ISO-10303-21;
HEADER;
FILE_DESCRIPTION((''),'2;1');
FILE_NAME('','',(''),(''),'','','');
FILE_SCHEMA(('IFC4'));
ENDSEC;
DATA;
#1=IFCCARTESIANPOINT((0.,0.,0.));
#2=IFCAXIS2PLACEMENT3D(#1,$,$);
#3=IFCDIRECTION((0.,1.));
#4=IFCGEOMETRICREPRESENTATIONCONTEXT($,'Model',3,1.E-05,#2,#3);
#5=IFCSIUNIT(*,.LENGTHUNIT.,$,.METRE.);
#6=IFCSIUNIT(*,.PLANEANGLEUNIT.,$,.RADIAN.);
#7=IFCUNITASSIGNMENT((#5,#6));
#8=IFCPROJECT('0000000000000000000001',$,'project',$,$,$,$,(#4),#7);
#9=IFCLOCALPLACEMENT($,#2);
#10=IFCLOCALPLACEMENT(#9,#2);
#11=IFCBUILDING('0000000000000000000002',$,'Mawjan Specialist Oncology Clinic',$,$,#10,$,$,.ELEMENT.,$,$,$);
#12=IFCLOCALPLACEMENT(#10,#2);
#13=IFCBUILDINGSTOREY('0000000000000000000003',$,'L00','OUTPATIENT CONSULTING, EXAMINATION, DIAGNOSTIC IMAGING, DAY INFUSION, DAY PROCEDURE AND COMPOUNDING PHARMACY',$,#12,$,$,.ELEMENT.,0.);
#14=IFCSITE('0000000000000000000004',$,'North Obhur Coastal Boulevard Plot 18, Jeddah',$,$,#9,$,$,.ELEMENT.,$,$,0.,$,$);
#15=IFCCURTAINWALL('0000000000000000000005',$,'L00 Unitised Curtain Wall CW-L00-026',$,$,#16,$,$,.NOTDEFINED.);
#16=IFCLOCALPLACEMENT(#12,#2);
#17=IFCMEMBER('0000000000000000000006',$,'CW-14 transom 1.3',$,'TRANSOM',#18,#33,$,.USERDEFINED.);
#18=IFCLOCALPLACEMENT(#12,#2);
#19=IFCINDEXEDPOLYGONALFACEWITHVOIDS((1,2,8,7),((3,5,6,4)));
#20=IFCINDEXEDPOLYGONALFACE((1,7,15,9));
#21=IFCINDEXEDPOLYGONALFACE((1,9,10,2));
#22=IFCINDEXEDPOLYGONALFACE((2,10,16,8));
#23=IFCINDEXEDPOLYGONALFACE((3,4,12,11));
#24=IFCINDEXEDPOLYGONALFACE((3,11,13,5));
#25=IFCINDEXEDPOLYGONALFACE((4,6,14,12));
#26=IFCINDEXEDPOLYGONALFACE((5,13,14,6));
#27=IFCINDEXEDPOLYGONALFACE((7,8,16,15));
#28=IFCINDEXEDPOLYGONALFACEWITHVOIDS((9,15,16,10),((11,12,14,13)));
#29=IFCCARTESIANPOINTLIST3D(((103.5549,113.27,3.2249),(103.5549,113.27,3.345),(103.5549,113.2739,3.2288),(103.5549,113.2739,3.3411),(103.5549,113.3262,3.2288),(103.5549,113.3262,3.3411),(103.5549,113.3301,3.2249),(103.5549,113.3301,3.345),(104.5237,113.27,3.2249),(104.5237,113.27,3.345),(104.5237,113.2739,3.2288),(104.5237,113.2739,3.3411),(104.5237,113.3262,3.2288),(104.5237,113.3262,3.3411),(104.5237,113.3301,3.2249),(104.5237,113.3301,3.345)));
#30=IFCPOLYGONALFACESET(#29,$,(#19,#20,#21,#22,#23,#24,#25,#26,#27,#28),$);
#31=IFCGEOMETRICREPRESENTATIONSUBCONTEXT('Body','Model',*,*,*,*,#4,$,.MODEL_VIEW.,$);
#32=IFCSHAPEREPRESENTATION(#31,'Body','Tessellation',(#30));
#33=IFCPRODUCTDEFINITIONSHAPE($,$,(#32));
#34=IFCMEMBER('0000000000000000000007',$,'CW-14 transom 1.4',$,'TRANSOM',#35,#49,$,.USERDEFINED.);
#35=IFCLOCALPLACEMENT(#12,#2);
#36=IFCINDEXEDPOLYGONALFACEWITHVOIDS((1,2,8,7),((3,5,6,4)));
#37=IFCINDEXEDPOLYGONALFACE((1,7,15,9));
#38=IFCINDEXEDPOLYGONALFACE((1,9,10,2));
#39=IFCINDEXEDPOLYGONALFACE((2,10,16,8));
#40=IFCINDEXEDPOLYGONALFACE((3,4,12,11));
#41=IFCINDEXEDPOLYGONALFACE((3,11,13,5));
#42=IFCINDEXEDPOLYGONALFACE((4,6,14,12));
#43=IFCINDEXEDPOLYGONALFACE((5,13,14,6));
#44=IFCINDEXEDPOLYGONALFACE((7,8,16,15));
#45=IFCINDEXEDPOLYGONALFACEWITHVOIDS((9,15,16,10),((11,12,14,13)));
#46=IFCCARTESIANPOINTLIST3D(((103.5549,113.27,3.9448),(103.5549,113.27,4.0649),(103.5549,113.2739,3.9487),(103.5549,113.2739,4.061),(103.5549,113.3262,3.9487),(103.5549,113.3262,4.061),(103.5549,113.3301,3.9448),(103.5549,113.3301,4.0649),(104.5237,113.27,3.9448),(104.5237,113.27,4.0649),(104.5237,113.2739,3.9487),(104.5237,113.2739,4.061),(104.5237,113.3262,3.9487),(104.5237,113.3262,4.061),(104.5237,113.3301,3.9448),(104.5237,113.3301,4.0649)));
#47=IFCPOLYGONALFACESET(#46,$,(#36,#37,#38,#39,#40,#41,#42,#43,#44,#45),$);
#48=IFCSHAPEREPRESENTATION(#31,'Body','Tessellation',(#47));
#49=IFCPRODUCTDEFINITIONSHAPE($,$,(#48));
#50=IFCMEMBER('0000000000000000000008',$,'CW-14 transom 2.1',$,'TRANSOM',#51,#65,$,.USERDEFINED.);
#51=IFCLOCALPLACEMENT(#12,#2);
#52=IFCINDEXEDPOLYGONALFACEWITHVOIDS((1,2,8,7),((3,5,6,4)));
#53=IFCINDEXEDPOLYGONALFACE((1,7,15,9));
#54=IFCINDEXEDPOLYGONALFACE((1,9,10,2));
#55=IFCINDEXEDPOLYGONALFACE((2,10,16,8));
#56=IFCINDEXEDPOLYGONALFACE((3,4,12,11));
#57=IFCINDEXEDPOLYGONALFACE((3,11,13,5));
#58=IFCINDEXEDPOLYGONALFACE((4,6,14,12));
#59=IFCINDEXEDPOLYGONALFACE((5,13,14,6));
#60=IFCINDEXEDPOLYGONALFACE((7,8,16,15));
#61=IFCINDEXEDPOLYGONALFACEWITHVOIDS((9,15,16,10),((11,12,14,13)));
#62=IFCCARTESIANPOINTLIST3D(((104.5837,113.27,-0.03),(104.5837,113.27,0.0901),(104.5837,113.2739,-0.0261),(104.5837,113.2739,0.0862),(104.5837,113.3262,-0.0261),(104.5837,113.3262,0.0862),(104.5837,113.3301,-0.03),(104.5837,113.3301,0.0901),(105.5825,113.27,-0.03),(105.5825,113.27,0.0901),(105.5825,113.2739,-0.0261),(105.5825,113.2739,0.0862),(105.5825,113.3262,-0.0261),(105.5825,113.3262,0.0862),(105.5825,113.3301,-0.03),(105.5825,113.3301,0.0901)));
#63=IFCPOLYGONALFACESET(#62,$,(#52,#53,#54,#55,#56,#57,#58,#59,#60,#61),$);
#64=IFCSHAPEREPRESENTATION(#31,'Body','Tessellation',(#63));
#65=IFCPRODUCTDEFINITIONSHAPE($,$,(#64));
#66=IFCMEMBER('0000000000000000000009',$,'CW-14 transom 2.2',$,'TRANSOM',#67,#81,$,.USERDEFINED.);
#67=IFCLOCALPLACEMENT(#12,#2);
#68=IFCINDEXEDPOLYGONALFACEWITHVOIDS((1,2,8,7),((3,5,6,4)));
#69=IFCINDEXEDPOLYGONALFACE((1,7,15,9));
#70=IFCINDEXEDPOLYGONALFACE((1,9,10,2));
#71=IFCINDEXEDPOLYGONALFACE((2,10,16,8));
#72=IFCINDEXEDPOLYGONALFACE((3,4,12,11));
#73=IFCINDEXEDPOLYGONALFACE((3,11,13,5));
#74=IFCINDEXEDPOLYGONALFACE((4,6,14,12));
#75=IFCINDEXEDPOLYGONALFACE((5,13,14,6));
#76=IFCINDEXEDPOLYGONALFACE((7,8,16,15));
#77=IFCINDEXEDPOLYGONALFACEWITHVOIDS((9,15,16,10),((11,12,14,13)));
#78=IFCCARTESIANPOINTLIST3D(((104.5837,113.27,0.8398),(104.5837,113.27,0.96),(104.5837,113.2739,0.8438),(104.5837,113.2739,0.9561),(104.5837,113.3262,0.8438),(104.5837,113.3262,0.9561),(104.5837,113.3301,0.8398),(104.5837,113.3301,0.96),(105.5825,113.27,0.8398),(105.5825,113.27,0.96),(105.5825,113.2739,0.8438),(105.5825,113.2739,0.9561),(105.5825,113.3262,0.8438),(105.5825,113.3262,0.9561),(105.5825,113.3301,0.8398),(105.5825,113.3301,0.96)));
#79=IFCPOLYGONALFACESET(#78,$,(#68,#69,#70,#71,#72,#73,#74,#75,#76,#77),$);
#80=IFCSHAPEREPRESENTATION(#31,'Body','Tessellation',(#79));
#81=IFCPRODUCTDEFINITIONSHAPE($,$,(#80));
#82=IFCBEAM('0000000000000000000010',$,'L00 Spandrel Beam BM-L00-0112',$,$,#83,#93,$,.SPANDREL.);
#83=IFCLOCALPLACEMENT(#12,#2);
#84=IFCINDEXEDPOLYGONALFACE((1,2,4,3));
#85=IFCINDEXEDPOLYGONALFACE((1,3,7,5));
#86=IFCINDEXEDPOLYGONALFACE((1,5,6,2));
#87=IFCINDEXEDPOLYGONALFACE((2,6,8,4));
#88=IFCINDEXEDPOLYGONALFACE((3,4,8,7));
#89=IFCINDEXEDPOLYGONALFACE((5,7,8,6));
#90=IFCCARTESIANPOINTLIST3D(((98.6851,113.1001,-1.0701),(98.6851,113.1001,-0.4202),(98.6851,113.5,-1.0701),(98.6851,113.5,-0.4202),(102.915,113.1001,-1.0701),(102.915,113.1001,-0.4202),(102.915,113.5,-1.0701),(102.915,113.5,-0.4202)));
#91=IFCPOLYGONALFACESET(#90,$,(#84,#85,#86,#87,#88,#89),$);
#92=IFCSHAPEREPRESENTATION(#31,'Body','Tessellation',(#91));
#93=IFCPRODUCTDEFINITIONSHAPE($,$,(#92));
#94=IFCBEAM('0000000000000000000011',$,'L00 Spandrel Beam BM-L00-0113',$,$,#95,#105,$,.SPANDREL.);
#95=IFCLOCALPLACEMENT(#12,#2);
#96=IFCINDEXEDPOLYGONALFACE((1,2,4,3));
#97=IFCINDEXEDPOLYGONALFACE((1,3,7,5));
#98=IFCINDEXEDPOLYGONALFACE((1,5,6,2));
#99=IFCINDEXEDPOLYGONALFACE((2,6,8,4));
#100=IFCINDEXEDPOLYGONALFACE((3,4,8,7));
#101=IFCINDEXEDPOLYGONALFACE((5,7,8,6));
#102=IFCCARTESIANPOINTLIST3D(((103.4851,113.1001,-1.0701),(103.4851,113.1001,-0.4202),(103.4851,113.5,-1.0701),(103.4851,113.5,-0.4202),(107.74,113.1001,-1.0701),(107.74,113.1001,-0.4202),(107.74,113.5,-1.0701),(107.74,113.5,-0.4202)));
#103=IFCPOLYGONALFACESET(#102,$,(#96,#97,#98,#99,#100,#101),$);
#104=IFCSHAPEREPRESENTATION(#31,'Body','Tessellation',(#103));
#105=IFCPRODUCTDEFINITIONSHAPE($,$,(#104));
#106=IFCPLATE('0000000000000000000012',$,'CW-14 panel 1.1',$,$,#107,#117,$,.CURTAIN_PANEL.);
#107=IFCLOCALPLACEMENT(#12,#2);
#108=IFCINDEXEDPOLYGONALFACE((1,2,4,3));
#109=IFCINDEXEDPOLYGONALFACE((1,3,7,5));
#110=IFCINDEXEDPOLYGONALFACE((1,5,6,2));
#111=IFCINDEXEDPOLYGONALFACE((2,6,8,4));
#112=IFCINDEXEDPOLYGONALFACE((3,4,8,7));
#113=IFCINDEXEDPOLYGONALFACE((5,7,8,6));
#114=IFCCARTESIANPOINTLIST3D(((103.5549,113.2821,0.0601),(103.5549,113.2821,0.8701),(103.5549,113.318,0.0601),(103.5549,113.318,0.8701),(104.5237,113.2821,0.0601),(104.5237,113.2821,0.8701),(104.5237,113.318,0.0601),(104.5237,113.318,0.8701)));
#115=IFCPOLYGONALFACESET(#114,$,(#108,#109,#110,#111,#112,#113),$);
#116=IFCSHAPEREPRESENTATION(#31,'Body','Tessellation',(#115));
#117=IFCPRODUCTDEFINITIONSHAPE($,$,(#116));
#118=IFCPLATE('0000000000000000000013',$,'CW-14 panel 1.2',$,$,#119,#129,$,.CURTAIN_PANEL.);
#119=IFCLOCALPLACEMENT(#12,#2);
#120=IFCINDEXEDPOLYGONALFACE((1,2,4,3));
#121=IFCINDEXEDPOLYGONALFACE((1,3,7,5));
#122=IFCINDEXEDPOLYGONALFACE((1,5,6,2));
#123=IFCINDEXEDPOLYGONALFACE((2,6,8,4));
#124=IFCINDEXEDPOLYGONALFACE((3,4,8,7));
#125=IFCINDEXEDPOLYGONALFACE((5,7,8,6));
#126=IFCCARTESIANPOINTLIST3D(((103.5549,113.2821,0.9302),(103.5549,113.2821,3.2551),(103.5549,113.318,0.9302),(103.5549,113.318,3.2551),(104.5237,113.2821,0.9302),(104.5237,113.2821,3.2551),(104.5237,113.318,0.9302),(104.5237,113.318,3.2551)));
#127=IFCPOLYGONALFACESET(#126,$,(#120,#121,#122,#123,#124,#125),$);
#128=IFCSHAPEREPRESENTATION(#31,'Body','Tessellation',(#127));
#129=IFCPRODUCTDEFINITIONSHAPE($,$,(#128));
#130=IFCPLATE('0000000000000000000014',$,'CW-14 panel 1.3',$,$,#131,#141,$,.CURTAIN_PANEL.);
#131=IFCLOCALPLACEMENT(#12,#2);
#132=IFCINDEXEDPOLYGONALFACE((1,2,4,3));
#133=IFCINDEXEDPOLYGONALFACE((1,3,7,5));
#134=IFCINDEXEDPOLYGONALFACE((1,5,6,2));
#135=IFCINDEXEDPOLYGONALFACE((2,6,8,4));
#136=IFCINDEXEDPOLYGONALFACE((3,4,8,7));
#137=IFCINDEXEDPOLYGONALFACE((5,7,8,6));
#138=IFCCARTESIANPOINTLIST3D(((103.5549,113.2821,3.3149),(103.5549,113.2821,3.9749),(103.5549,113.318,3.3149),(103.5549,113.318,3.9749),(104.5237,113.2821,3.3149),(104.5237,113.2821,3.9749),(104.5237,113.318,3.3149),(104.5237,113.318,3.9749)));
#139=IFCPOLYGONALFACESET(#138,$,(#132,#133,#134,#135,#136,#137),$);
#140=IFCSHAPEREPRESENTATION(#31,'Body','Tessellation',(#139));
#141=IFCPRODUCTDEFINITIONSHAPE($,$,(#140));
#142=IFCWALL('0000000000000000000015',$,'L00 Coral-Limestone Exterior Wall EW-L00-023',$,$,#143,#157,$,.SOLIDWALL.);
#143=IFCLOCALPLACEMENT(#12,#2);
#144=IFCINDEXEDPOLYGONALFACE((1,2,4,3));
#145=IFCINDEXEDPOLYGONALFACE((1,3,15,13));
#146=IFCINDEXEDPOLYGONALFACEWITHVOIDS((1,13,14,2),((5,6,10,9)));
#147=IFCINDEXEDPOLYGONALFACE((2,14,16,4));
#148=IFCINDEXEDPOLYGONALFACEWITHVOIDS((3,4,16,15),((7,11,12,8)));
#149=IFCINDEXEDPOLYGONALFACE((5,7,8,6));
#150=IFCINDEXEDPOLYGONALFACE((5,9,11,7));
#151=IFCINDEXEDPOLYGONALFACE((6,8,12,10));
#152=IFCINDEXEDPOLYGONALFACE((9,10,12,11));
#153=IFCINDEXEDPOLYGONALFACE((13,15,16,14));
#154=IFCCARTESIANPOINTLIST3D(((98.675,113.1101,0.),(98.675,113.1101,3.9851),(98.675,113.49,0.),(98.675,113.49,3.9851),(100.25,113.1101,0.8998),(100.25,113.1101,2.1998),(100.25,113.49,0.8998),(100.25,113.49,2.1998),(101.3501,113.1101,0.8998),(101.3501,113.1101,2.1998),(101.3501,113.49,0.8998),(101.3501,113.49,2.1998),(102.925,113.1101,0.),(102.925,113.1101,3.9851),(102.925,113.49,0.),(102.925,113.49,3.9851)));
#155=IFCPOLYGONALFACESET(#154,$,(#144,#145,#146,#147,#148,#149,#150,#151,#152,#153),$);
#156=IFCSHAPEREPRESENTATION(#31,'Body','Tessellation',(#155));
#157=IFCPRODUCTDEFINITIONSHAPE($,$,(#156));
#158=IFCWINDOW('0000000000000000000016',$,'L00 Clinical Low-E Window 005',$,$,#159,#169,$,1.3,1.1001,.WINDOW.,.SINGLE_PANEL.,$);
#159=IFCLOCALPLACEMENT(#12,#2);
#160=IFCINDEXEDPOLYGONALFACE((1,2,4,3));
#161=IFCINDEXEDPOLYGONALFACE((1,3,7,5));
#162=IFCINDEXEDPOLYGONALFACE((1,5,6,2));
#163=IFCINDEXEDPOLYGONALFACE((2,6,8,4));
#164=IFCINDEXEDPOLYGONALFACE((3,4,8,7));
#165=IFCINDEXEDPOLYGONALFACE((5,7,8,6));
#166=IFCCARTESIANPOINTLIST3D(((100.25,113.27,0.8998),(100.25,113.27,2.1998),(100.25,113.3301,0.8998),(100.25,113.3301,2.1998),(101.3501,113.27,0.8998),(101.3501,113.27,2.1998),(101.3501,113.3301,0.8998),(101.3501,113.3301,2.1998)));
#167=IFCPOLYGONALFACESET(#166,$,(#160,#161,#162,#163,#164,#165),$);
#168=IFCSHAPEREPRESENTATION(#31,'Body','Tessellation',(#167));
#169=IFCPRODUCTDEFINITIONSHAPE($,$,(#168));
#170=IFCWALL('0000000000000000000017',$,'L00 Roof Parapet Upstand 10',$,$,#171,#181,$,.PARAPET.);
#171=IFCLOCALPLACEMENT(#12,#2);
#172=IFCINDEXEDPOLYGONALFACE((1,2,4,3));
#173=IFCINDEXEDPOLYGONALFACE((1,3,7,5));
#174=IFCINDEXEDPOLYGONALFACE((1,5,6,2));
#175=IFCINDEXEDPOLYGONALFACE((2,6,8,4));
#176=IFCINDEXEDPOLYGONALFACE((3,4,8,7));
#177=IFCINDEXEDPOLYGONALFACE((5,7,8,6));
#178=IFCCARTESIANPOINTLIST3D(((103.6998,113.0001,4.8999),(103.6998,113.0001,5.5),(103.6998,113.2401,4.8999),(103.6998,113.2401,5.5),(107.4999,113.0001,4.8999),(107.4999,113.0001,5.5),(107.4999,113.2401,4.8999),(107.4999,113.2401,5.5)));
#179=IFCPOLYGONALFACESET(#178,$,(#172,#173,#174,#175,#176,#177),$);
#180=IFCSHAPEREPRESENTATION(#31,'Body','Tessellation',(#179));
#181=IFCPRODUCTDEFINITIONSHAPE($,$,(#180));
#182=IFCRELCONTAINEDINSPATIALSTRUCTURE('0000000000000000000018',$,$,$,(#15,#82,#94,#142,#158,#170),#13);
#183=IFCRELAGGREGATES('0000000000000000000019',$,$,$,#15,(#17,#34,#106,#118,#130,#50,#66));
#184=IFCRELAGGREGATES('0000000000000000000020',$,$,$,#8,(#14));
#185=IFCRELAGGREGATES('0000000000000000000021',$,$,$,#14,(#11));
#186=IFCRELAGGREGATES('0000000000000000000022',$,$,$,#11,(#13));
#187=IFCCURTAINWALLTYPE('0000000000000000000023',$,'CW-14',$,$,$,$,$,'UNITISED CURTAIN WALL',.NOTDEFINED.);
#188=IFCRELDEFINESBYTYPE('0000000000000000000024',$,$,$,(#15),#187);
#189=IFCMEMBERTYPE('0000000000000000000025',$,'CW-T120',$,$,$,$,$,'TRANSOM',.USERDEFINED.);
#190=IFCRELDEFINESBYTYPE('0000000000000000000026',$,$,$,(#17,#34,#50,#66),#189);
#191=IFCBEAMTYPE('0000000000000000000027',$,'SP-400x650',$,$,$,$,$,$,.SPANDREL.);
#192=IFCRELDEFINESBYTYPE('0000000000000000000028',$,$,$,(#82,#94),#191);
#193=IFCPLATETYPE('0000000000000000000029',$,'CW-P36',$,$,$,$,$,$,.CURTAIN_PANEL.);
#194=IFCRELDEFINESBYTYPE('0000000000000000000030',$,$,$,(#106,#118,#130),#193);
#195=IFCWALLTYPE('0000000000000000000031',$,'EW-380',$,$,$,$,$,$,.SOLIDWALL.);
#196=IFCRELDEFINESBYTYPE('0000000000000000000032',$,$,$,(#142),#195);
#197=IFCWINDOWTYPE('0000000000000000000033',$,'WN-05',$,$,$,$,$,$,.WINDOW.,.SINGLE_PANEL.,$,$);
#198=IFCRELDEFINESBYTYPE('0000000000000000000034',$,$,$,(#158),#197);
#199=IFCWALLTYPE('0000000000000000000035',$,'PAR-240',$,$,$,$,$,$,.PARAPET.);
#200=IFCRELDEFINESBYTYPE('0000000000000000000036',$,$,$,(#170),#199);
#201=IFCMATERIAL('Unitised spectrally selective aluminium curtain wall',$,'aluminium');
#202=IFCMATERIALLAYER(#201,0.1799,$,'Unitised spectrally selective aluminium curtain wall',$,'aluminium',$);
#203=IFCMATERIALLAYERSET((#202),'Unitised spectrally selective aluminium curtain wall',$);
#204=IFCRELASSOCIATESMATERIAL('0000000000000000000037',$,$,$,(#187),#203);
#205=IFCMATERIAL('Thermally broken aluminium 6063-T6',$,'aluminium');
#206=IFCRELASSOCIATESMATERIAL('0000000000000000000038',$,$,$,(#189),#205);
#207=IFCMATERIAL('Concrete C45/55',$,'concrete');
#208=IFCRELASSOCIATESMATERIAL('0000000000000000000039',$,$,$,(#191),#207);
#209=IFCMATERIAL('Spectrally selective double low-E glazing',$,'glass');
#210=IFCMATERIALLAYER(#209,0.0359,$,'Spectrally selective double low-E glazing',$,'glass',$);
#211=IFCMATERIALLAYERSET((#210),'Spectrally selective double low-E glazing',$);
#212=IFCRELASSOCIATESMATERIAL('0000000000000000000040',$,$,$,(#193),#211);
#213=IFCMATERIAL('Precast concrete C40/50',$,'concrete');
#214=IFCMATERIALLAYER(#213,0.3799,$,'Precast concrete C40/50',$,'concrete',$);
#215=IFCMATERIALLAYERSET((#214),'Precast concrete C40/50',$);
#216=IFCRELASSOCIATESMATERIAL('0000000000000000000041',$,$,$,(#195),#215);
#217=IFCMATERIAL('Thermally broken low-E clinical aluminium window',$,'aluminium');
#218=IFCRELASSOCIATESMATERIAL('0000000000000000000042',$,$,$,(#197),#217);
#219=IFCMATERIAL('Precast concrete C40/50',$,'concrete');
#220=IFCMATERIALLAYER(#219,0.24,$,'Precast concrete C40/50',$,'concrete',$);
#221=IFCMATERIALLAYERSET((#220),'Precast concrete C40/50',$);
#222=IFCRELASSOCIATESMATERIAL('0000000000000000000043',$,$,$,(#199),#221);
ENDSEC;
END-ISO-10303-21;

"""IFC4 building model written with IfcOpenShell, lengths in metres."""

from ifc_helpers import new_model, si_unit, direction, frame, frame_2d, origin, origin_2d, place, context, subcontext, project, spatial, rectangle, hollow_rectangle, extrude, material, layer, layer_set, material_profile, profile_set, type_object, element, fill, aggregate, save


model = new_model("IFC4")

# Units and contexts
model_context = context("Model", 3, precision=1e-05, world=origin(), true_north=direction((0.0, 1.0)))
body_context = subcontext(model_context, "Body", "Model", "MODEL_VIEW")
ifc_project = project(units=[si_unit("LENGTHUNIT", "METRE"), si_unit("PLANEANGLEUNIT", "RADIAN")], contexts=[model_context])

# Site, building, storey
site_placement = place(None, origin())
site = spatial("IfcSite", under=ifc_project, at=site_placement, Name="North Obhur Coastal Boulevard Plot 18, Jeddah", CompositionType="ELEMENT", RefElevation=0.0)
building_placement = place(site_placement, origin())
building = spatial("IfcBuilding", under=site, at=building_placement, Name="Mawjan Specialist Oncology Clinic", CompositionType="ELEMENT")
storey_placement = place(building_placement, origin())
storey = spatial("IfcBuildingStorey", under=building, at=storey_placement, Name="L00", Description="OUTPATIENT CONSULTING, EXAMINATION, DIAGNOSTIC IMAGING, DAY INFUSION, DAY PROCEDURE AND COMPOUNDING PHARMACY", CompositionType="ELEMENT", Elevation=0.0)

# Curtain wall, members
ifc_material_1 = material(Name="Unitised spectrally selective aluminium curtain wall", Category="aluminium")
ifc_layer_1 = layer(ifc_material_1, 0.1799, Name="Unitised spectrally selective aluminium curtain wall", Category="aluminium")
ifc_layer_set_1 = layer_set([ifc_layer_1], Name="Unitised spectrally selective aluminium curtain wall")
curtain_wall_type = type_object("IfcCurtainWallType", Name="CW-14", ElementType="UNITISED CURTAIN WALL", PredefinedType="NOTDEFINED", material=ifc_layer_set_1)
curtain_wall_placement = place(storey_placement, origin())
curtain_wall = element("IfcCurtainWall", 1, at=curtain_wall_placement, inside=storey, type_object=curtain_wall_type, Name="L00 Unitised Curtain Wall CW-L00-026", PredefinedType="NOTDEFINED")
ifc_material_2 = material(Name="Thermally broken aluminium 6063-T6", Category="aluminium")
ifc_material_profile_1 = material_profile(ifc_material_2, hollow_rectangle(XDim=0.0601, YDim=0.1201, WallThickness=0.0039, at=origin_2d()), Name="ALU TRANSOM 120x60x4", Category="aluminium")
ifc_profile_set_1 = profile_set([ifc_material_profile_1], Name="Thermally broken aluminium 6063-T6")
member_type_1 = type_object("IfcMemberType", Name="CW-T120", ElementType="TRANSOM", PredefinedType="USERDEFINED", material=ifc_profile_set_1)
member_1_placement = place(storey_placement, frame((103.5549, 113.3, 3.2849), z_axis=(1.0, 0.0, 0.0), x_axis=(0.0, 1.0, 0.0)))
member_1 = element("IfcMember", 2, at=member_1_placement, type_object=member_type_1, Name="CW-14 transom 1.3", ObjectType="TRANSOM", PredefinedType="USERDEFINED", context=body_context, shape_type="SweptSolid", body=[
    extrude(hollow_rectangle(XDim=0.0601, YDim=0.1201, WallThickness=0.0039, at=origin_2d()), origin(), (0.0, 0.0, 1.0), 0.9688),
])
member_2_placement = place(storey_placement, frame((103.5549, 113.3, 4.0049), z_axis=(1.0, 0.0, 0.0), x_axis=(0.0, 1.0, 0.0)))
member_2 = element("IfcMember", 3, at=member_2_placement, type_object=member_type_1, Name="CW-14 transom 1.4", ObjectType="TRANSOM", PredefinedType="USERDEFINED", context=body_context, shape_type="SweptSolid", body=[
    extrude(hollow_rectangle(XDim=0.0601, YDim=0.1201, WallThickness=0.0039, at=origin_2d()), origin(), (0.0, 0.0, 1.0), 0.9688),
])
member_3_placement = place(storey_placement, frame((104.5837, 113.3, 0.03), z_axis=(1.0, 0.0, 0.0), x_axis=(0.0, 1.0, 0.0)))
member_3 = element("IfcMember", 4, at=member_3_placement, type_object=member_type_1, Name="CW-14 transom 2.1", ObjectType="TRANSOM", PredefinedType="USERDEFINED", context=body_context, shape_type="SweptSolid", body=[
    extrude(hollow_rectangle(XDim=0.0601, YDim=0.1201, WallThickness=0.0039, at=origin_2d()), origin(), (0.0, 0.0, 1.0), 0.9988),
])
member_4_placement = place(storey_placement, frame((104.5837, 113.3, 0.8999), z_axis=(1.0, 0.0, 0.0), x_axis=(0.0, 1.0, 0.0)))
member_4 = element("IfcMember", 5, at=member_4_placement, type_object=member_type_1, Name="CW-14 transom 2.2", ObjectType="TRANSOM", PredefinedType="USERDEFINED", context=body_context, shape_type="SweptSolid", body=[
    extrude(hollow_rectangle(XDim=0.0601, YDim=0.1201, WallThickness=0.0039, at=origin_2d()), origin(), (0.0, 0.0, 1.0), 0.9988),
])

# Beams
ifc_material_3 = material(Name="Concrete C45/55", Category="concrete")
ifc_material_profile_2 = material_profile(ifc_material_3, rectangle(XDim=0.3999, YDim=0.6499, at=origin_2d()), Name="RC BM 400x650", Category="concrete")
ifc_profile_set_2 = profile_set([ifc_material_profile_2], Name="Concrete C45/55")
beam_type_1 = type_object("IfcBeamType", Name="SP-400x650", PredefinedType="SPANDREL", material=ifc_profile_set_2)
beam_1_placement = place(storey_placement, frame((98.6851, 113.3, -0.7451), z_axis=(1.0, 0.0, 0.0), x_axis=(0.0, 1.0, 0.0)))
element("IfcBeam", 6, at=beam_1_placement, inside=storey, type_object=beam_type_1, Name="L00 Spandrel Beam BM-L00-0112", PredefinedType="SPANDREL", context=body_context, shape_type="SweptSolid", body=[
    extrude(rectangle(XDim=0.3999, YDim=0.6499, at=origin_2d()), origin(), (0.0, 0.0, 1.0), 4.23),
])
beam_2_placement = place(storey_placement, frame((103.4851, 113.3, -0.7451), z_axis=(1.0, 0.0, 0.0), x_axis=(0.0, 1.0, 0.0)))
element("IfcBeam", 7, at=beam_2_placement, inside=storey, type_object=beam_type_1, Name="L00 Spandrel Beam BM-L00-0113", PredefinedType="SPANDREL", context=body_context, shape_type="SweptSolid", body=[
    extrude(rectangle(XDim=0.3999, YDim=0.6499, at=origin_2d()), origin(), (0.0, 0.0, 1.0), 4.2549),
])

# Plates
ifc_material_4 = material(Name="Spectrally selective double low-E glazing", Category="glass")
ifc_layer_2 = layer(ifc_material_4, 0.0359, Name="Spectrally selective double low-E glazing", Category="glass")
ifc_layer_set_2 = layer_set([ifc_layer_2], Name="Spectrally selective double low-E glazing")
plate_type = type_object("IfcPlateType", Name="CW-P36", PredefinedType="CURTAIN_PANEL", material=ifc_layer_set_2)
plate_1_placement = place(storey_placement, frame((104.0393, 113.3, 0.0601), z_axis=(0.0, 0.0, 1.0), x_axis=(1.0, 0.0, 0.0)))
plate_1 = element("IfcPlate", 8, at=plate_1_placement, type_object=plate_type, Name="CW-14 panel 1.1", PredefinedType="CURTAIN_PANEL", context=body_context, shape_type="SweptSolid", body=[
    extrude(rectangle(XDim=0.9688, YDim=0.0359, at=origin_2d()), origin(), (0.0, 0.0, 1.0), 0.8101),
])
plate_2_placement = place(storey_placement, frame((104.0393, 113.3, 0.9302), z_axis=(0.0, 0.0, 1.0), x_axis=(1.0, 0.0, 0.0)))
plate_2 = element("IfcPlate", 9, at=plate_2_placement, type_object=plate_type, Name="CW-14 panel 1.2", PredefinedType="CURTAIN_PANEL", context=body_context, shape_type="SweptSolid", body=[
    extrude(rectangle(XDim=0.9688, YDim=0.0359, at=origin_2d()), origin(), (0.0, 0.0, 1.0), 2.325),
])
plate_3_placement = place(storey_placement, frame((104.0393, 113.3, 3.3149), z_axis=(0.0, 0.0, 1.0), x_axis=(1.0, 0.0, 0.0)))
plate_3 = element("IfcPlate", 10, at=plate_3_placement, type_object=plate_type, Name="CW-14 panel 1.3", PredefinedType="CURTAIN_PANEL", context=body_context, shape_type="SweptSolid", body=[
    extrude(rectangle(XDim=0.9688, YDim=0.0359, at=origin_2d()), origin(), (0.0, 0.0, 1.0), 0.6599),
])
aggregate(curtain_wall, [member_1, member_2, plate_1, plate_2, plate_3, member_3, member_4])

# Wall, opening, window
ifc_material_5 = material(Name="Precast concrete C40/50", Category="concrete")
ifc_layer_3 = layer(ifc_material_5, 0.3799, Name="Precast concrete C40/50", Category="concrete")
ifc_layer_set_3 = layer_set([ifc_layer_3], Name="Precast concrete C40/50")
wall_type_1 = type_object("IfcWallType", Name="EW-380", PredefinedType="SOLIDWALL", material=ifc_layer_set_3)
wall_1_placement = place(storey_placement, frame((98.675, 113.3, 0.0), z_axis=(0.0, 0.0, 1.0), x_axis=(1.0, 0.0, 0.0)))
wall_1 = element("IfcWall", 11, at=wall_1_placement, inside=storey, type_object=wall_type_1, Name="L00 Coral-Limestone Exterior Wall EW-L00-023", PredefinedType="SOLIDWALL", context=body_context, shape_type="SweptSolid", body=[
    extrude(rectangle(XDim=4.25, YDim=0.3799, at=frame_2d((2.125, 0.0))), origin(), (0.0, 0.0, 1.0), 3.9851),
])
opening_placement = place(wall_1_placement, frame((1.575, 0.0, 0.8999)))
opening = element("IfcOpeningElement", 12, at=opening_placement, cuts=wall_1, PredefinedType="OPENING", context=body_context, shape_type="SweptSolid", body=[
    extrude(rectangle(XDim=1.1001, YDim=1.3, at=frame_2d((0.55, 0.6499))), frame((0.0, 0.2019, 0.0), z_axis=(0.0, -1.0, 0.0), x_axis=(1.0, 0.0, 0.0)), (0.0, 0.0, 1.0), 0.4038),
])
ifc_material_6 = material(Name="Thermally broken low-E clinical aluminium window", Category="aluminium")
window_type = type_object("IfcWindowType", Name="WN-05", PartitioningType="SINGLE_PANEL", PredefinedType="WINDOW", material=ifc_material_6)
window_placement = place(opening_placement, origin())
window = element("IfcWindow", 13, at=window_placement, inside=storey, type_object=window_type, Name="L00 Clinical Low-E Window 005", OverallHeight=1.3, OverallWidth=1.1001, PartitioningType="SINGLE_PANEL", PredefinedType="WINDOW", context=body_context, shape_type="SweptSolid", body=[
    extrude(rectangle(XDim=1.1001, YDim=1.3, at=frame_2d((0.55, 0.6499))), frame((0.0, 0.03, 0.0), z_axis=(0.0, -1.0, 0.0), x_axis=(1.0, 0.0, 0.0)), (0.0, 0.0, 1.0), 0.0601),
])
fill(opening, window)

# Wall
ifc_material_7 = material(Name="Precast concrete C40/50", Category="concrete")
ifc_layer_4 = layer(ifc_material_7, 0.24, Name="Precast concrete C40/50", Category="concrete")
ifc_layer_set_4 = layer_set([ifc_layer_4], Name="Precast concrete C40/50")
wall_type_2 = type_object("IfcWallType", Name="PAR-240", PredefinedType="PARAPET", material=ifc_layer_set_4)
wall_2_placement = place(storey_placement, frame((103.7, 113.1201, 4.8999), z_axis=(0.0, 0.0, 1.0), x_axis=(1.0, 0.0, 0.0)))
element("IfcWall", 14, at=wall_2_placement, inside=storey, type_object=wall_type_2, Name="L00 Roof Parapet Upstand 10", PredefinedType="PARAPET", context=body_context, shape_type="SweptSolid", body=[
    extrude(rectangle(XDim=3.8, YDim=0.24, at=frame_2d((1.8999, 0.0))), origin(), (0.0, 0.0, 1.0), 0.6001),
])

save(model, "model.ifc")
